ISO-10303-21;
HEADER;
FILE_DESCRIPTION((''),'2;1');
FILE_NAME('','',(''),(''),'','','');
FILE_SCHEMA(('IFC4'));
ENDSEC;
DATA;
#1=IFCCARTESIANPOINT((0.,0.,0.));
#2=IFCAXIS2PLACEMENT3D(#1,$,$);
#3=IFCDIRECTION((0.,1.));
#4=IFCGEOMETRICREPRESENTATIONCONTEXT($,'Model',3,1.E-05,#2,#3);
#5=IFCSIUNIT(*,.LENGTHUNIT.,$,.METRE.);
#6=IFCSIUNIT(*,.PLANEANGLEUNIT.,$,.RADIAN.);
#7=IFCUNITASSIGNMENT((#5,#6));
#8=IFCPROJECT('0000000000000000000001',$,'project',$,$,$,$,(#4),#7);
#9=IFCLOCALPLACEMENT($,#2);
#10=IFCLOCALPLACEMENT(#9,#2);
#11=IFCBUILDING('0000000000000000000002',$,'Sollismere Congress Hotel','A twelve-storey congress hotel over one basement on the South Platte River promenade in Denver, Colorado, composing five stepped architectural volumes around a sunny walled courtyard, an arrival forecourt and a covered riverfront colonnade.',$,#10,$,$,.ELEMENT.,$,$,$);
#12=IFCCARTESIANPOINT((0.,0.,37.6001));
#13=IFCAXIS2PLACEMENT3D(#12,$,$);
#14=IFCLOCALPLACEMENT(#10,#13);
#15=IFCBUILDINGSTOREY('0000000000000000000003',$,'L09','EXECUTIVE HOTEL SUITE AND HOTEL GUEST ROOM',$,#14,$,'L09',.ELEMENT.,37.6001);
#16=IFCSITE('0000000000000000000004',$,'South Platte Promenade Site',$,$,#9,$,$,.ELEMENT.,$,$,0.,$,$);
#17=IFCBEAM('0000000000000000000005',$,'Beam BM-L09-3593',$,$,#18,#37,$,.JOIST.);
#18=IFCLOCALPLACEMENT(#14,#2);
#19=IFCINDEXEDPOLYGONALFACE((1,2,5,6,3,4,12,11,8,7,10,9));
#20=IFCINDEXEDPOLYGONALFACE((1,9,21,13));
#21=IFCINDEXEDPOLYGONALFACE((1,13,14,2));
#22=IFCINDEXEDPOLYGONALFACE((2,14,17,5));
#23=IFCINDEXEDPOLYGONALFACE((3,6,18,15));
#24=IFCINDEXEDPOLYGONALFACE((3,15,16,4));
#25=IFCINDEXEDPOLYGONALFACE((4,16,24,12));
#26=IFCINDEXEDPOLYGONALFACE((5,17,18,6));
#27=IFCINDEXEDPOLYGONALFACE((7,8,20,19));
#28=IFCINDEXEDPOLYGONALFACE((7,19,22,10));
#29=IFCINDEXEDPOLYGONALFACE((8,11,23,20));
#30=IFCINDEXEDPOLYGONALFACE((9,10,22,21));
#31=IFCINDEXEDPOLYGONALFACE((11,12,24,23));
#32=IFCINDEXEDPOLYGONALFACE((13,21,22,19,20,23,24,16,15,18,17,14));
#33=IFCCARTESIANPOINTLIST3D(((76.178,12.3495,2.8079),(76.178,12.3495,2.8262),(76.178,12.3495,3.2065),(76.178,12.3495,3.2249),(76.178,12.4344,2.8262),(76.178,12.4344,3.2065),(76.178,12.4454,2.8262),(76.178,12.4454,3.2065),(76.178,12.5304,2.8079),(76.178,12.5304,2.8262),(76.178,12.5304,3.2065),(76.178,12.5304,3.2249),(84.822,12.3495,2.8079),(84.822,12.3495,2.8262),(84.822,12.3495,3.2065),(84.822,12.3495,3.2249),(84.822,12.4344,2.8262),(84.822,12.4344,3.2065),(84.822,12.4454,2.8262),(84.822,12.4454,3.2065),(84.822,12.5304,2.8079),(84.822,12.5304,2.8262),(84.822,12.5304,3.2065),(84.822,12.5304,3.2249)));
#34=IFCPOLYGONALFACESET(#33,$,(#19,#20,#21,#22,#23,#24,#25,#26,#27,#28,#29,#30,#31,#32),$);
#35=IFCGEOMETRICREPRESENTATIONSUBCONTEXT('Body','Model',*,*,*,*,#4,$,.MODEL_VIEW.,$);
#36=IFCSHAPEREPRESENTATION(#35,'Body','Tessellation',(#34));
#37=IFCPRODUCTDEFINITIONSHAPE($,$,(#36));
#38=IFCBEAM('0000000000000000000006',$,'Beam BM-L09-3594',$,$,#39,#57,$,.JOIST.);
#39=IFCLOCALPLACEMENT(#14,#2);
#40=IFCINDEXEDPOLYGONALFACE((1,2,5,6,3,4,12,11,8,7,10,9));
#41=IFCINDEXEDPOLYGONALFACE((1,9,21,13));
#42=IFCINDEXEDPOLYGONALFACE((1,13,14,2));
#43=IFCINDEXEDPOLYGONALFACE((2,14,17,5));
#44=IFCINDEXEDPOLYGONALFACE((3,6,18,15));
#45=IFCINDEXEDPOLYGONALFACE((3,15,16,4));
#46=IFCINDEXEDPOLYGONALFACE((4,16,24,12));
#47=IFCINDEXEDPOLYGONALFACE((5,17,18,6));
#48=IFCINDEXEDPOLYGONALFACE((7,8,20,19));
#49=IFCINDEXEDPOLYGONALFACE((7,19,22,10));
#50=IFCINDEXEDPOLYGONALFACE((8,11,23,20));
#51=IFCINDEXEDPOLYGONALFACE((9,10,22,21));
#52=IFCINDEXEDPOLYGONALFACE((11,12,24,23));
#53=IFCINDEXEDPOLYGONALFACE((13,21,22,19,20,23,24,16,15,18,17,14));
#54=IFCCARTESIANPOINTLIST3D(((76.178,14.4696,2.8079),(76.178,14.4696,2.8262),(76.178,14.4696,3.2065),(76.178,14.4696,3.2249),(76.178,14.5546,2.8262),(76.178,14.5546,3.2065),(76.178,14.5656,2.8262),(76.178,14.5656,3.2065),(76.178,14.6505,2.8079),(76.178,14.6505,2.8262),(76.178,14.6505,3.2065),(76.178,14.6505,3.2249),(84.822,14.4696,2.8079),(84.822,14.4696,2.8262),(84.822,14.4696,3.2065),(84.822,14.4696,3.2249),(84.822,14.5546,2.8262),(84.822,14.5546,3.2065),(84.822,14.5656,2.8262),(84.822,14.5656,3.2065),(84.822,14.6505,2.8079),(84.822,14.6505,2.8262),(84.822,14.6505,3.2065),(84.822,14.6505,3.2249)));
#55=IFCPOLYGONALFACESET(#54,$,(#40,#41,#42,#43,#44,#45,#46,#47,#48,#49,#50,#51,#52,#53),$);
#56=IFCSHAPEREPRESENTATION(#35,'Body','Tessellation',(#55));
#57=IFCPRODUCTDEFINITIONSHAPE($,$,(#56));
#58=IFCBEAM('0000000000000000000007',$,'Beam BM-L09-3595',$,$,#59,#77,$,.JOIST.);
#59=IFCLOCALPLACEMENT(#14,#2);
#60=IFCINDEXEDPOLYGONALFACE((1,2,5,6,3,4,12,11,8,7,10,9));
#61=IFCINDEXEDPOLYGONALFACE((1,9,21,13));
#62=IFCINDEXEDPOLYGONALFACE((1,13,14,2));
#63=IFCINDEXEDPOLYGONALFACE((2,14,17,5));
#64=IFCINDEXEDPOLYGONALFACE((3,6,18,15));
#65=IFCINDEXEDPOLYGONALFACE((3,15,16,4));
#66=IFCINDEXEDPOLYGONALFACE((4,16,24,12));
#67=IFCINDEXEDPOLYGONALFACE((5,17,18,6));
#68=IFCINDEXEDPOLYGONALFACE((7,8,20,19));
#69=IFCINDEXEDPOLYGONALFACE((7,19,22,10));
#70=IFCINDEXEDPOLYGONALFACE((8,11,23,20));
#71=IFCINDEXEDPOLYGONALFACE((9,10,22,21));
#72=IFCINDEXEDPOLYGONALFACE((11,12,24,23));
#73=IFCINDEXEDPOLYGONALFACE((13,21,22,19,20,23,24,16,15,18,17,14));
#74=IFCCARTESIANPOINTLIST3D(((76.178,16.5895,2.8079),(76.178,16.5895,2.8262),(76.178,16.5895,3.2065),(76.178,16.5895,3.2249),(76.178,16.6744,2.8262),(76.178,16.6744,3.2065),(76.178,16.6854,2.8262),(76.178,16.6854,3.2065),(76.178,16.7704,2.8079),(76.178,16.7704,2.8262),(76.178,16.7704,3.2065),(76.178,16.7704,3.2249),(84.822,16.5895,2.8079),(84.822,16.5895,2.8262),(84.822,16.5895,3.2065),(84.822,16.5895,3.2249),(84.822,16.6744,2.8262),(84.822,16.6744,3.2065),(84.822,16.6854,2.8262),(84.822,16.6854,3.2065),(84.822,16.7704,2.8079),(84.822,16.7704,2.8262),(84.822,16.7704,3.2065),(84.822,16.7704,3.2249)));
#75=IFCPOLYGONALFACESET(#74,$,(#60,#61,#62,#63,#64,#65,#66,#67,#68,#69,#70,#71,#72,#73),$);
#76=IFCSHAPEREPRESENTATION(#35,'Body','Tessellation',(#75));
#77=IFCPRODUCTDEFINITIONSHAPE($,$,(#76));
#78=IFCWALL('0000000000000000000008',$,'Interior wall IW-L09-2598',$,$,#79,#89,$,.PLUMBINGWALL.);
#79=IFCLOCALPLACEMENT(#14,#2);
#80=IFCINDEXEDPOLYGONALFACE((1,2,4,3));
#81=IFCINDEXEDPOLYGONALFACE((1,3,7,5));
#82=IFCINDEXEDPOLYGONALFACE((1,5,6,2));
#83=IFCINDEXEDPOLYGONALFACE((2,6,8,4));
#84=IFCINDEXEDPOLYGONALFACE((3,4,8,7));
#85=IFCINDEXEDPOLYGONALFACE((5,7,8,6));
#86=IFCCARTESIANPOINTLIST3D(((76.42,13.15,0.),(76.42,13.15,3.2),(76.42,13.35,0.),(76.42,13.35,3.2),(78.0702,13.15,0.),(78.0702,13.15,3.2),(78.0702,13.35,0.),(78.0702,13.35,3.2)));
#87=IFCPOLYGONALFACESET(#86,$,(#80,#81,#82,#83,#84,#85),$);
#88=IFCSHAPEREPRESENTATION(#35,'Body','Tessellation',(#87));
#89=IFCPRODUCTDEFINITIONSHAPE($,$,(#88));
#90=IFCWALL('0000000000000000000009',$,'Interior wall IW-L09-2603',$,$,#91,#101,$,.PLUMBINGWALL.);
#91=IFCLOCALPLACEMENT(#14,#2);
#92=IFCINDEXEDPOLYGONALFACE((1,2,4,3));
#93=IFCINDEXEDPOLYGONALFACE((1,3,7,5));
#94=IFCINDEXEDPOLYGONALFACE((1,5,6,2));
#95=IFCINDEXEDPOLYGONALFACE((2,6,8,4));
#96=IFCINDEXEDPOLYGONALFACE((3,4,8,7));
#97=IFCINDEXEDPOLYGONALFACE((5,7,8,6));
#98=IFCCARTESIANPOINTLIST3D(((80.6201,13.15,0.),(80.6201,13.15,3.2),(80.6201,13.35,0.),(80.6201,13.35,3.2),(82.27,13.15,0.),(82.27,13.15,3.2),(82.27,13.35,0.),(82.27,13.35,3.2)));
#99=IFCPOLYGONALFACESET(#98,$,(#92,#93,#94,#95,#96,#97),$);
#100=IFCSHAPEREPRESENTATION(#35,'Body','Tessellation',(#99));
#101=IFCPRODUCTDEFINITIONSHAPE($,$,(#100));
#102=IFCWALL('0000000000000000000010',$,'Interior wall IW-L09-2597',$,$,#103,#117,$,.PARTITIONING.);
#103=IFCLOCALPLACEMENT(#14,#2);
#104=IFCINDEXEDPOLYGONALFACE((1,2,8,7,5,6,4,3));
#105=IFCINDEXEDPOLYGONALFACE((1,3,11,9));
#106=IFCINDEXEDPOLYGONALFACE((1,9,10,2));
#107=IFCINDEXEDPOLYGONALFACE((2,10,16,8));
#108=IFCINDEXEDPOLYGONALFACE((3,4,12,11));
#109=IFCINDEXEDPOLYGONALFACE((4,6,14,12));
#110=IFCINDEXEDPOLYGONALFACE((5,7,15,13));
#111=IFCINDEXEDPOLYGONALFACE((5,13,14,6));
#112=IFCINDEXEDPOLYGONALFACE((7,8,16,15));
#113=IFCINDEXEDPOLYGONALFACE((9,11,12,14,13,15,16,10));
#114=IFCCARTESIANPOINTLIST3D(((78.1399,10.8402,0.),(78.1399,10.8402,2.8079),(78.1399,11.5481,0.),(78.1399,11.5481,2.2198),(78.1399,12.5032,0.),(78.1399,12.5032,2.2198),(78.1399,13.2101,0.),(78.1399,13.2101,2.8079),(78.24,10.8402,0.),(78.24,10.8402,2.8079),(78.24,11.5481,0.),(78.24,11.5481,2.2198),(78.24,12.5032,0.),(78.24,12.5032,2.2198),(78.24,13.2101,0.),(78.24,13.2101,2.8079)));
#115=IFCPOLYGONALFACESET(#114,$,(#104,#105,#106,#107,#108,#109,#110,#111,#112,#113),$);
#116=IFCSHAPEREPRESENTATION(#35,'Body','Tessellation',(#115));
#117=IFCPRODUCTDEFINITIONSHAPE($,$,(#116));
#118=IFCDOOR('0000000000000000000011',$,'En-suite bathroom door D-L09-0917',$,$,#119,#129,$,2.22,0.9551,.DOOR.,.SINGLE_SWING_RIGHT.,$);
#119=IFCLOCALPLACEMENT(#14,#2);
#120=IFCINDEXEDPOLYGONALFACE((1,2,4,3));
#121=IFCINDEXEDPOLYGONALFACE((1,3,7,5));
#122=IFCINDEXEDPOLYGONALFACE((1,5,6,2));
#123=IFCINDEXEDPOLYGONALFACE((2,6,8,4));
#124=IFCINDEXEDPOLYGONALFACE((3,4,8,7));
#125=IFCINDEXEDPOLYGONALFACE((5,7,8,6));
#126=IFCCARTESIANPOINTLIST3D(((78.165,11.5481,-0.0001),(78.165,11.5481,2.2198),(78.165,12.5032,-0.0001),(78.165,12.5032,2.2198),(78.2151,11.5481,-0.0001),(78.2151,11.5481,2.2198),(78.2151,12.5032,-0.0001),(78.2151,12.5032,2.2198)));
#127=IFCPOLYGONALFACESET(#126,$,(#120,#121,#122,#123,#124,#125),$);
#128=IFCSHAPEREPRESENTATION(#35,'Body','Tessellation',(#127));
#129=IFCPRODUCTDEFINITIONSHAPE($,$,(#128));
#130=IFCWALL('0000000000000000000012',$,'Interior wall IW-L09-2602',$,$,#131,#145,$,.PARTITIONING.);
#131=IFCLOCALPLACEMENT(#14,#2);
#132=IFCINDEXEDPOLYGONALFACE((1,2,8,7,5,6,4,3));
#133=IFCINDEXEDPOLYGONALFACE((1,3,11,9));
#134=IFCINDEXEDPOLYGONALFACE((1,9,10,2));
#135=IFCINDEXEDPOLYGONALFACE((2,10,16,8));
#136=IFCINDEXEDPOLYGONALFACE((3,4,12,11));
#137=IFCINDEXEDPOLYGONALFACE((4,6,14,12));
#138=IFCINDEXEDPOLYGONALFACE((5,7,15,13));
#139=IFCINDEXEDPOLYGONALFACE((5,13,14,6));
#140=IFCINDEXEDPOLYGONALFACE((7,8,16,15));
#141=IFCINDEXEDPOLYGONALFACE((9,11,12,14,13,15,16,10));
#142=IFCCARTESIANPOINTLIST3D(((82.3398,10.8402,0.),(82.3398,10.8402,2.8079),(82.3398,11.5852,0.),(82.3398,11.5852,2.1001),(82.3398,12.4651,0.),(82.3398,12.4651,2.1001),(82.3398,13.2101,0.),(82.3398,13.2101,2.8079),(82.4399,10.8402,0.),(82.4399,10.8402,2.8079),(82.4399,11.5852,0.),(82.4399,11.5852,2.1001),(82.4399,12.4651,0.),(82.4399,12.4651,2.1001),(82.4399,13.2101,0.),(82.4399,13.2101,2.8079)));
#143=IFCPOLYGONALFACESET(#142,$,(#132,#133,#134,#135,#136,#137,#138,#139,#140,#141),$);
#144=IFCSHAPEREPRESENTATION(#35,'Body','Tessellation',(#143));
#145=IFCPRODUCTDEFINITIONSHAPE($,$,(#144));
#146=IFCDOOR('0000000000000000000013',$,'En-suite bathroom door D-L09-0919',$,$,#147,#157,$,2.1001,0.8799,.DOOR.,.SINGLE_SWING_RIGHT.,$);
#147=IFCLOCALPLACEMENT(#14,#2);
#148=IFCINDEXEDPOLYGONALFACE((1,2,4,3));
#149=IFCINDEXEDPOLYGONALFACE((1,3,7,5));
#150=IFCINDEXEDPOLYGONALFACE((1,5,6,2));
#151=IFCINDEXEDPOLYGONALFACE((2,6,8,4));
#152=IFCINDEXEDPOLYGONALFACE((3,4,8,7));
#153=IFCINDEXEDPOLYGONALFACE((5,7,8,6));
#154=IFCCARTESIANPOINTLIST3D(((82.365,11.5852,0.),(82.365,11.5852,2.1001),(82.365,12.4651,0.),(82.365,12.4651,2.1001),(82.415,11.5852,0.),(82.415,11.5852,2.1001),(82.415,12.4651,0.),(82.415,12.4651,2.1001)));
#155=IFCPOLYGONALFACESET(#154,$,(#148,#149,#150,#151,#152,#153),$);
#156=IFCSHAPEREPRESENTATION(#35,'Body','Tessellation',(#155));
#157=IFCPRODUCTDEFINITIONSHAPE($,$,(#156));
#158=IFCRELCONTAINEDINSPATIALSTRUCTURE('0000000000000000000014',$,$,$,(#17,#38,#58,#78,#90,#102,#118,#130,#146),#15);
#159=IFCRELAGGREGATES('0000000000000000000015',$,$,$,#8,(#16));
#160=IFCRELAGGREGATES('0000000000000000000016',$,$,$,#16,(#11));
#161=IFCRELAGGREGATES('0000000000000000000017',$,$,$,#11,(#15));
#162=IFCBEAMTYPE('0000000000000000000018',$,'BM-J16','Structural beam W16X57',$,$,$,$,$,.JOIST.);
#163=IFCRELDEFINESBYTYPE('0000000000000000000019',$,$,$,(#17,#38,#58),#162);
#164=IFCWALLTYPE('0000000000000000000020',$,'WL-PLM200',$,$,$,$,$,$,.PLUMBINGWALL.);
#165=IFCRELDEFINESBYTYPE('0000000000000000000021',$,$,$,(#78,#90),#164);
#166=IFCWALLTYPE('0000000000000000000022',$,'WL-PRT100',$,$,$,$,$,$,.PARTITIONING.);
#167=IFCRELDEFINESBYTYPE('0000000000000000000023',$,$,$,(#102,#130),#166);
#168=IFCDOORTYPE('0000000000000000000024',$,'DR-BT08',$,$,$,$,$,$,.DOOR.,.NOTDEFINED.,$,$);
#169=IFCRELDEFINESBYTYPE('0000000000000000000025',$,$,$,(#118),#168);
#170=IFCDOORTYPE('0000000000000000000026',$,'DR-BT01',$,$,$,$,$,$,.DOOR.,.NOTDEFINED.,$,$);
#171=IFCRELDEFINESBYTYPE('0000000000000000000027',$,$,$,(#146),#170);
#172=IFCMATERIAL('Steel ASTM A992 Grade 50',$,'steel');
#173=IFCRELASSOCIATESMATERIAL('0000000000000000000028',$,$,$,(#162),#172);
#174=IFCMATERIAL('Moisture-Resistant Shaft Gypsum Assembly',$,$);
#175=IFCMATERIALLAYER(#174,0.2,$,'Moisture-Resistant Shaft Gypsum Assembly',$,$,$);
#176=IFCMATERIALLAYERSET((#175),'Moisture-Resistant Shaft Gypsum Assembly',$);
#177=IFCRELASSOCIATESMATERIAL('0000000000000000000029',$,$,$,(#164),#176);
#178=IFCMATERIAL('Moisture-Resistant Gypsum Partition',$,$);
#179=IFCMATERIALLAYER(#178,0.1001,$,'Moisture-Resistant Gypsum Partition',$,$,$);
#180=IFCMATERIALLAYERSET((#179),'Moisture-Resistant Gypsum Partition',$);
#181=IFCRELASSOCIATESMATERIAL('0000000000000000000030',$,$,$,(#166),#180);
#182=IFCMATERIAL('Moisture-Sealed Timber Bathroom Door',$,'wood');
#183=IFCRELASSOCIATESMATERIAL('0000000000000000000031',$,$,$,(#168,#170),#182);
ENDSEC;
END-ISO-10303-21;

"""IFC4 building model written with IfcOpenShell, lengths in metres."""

from ifc_helpers import new_model, si_unit, direction, frame, frame_2d, origin, origin_2d, place, context, subcontext, project, spatial, rectangle, i_section, extrude, material, layer, layer_set, material_profile, profile_set, type_object, element, fill, save


model = new_model("IFC4")

# Units and contexts
model_context = context("Model", 3, precision=1e-05, world=origin(), true_north=direction((0.0, 1.0)))
body_context = subcontext(model_context, "Body", "Model", "MODEL_VIEW")
ifc_project = project(units=[si_unit("LENGTHUNIT", "METRE"), si_unit("PLANEANGLEUNIT", "RADIAN")], contexts=[model_context])

# Site, building, storey
site_placement = place(None, origin())
site = spatial("IfcSite", under=ifc_project, at=site_placement, Name="South Platte Promenade Site", CompositionType="ELEMENT", RefElevation=0.0)
building_placement = place(site_placement, origin())
building = spatial("IfcBuilding", under=site, at=building_placement, Name="Sollismere Congress Hotel", Description="A twelve-storey congress hotel over one basement on the South Platte River promenade in Denver, Colorado, composing five stepped architectural volumes around a sunny walled courtyard, an arrival forecourt and a covered riverfront colonnade.", CompositionType="ELEMENT")
storey_placement = place(building_placement, frame((0.0, 0.0, 37.6001)))
storey = spatial("IfcBuildingStorey", under=building, at=storey_placement, Name="L09", Description="EXECUTIVE HOTEL SUITE AND HOTEL GUEST ROOM", LongName="L09", CompositionType="ELEMENT", Elevation=37.6001)

# Beams
ifc_material_1 = material(Name="Steel ASTM A992 Grade 50", Category="steel")
ifc_material_profile = material_profile(ifc_material_1, i_section(OverallWidth=0.1809, OverallDepth=0.417, WebThickness=0.011, FlangeThickness=0.0183, at=origin_2d()), Name="W16X57")
ifc_profile_set = profile_set([ifc_material_profile], Name="Steel ASTM A992 Grade 50")
beam_type = type_object("IfcBeamType", Name="BM-J16", Description="Structural beam W16X57", PredefinedType="JOIST", material=ifc_profile_set)
for number, where, z_axis, x_axis, name in (
    (1, (76.178, 12.4399, 3.0164), (1.0, 0.0, 0.0), (0.0, 1.0, 0.0), "Beam BM-L09-3593"),
    (2, (76.178, 14.5601, 3.0164), (1.0, 0.0, 0.0), (0.0, 1.0, 0.0), "Beam BM-L09-3594"),
    (3, (76.178, 16.6799, 3.0164), (1.0, 0.0, 0.0), (0.0, 1.0, 0.0), "Beam BM-L09-3595"),
):
    element("IfcBeam", number, at=place(storey_placement, frame(where, z_axis=z_axis, x_axis=x_axis)), inside=storey, type_object=beam_type, Name=name, PredefinedType="JOIST", context=body_context, shape_type="SweptSolid", body=[
        extrude(i_section(OverallWidth=0.1809, OverallDepth=0.417, WebThickness=0.011, FlangeThickness=0.0183, at=origin_2d()), origin(), (0.0, 0.0, 1.0), 8.644),
    ])

# Walls
ifc_material_2 = material(Name="Moisture-Resistant Shaft Gypsum Assembly")
ifc_layer_1 = layer(ifc_material_2, 0.2, Name="Moisture-Resistant Shaft Gypsum Assembly")
ifc_layer_set_1 = layer_set([ifc_layer_1], Name="Moisture-Resistant Shaft Gypsum Assembly")
wall_type_1 = type_object("IfcWallType", Name="WL-PLM200", PredefinedType="PLUMBINGWALL", material=ifc_layer_set_1)
wall_1_placement = place(storey_placement, frame((76.4199, 13.25, 0.0), z_axis=(0.0, 0.0, 1.0), x_axis=(1.0, 0.0, 0.0)))
element("IfcWall", 4, at=wall_1_placement, inside=storey, type_object=wall_type_1, Name="Interior wall IW-L09-2598", PredefinedType="PLUMBINGWALL", context=body_context, shape_type="SweptSolid", body=[
    extrude(rectangle(XDim=1.6501, YDim=0.2, at=frame_2d((0.8252, 0.0))), origin(), (0.0, 0.0, 1.0), 3.2),
])
wall_2_placement = place(storey_placement, frame((80.6201, 13.25, 0.0), z_axis=(0.0, 0.0, 1.0), x_axis=(1.0, 0.0, 0.0)))
element("IfcWall", 5, at=wall_2_placement, inside=storey, type_object=wall_type_1, Name="Interior wall IW-L09-2603", PredefinedType="PLUMBINGWALL", context=body_context, shape_type="SweptSolid", body=[
    extrude(rectangle(XDim=1.6499, YDim=0.2, at=frame_2d((0.825, 0.0))), origin(), (0.0, 0.0, 1.0), 3.2),
])

# Walls, openings, doors
ifc_material_3 = material(Name="Moisture-Resistant Gypsum Partition")
ifc_layer_2 = layer(ifc_material_3, 0.1001, Name="Moisture-Resistant Gypsum Partition")
ifc_layer_set_2 = layer_set([ifc_layer_2], Name="Moisture-Resistant Gypsum Partition")
wall_type_2 = type_object("IfcWallType", Name="WL-PRT100", PredefinedType="PARTITIONING", material=ifc_layer_set_2)
wall_3_placement = place(storey_placement, frame((78.1899, 10.8401, 0.0), z_axis=(0.0, 0.0, 1.0), x_axis=(0.0, 1.0, 0.0)))
wall_3 = element("IfcWall", 6, at=wall_3_placement, inside=storey, type_object=wall_type_2, Name="Interior wall IW-L09-2597", PredefinedType="PARTITIONING", context=body_context, shape_type="SweptSolid", body=[
    extrude(rectangle(XDim=2.3699, YDim=0.1001, at=frame_2d((1.1851, 0.0))), origin(), (0.0, 0.0, 1.0), 2.8079),
])
opening_1_placement = place(wall_3_placement, frame((0.708, 0.0, 0.0)))
opening_1 = element("IfcOpeningElement", 7, at=opening_1_placement, cuts=wall_3, PredefinedType="OPENING", context=body_context, shape_type="SweptSolid", body=[
    extrude(rectangle(XDim=0.9551, YDim=2.22, at=frame_2d((0.4775, 1.1099))), frame((0.0, 0.0601, 0.0), z_axis=(0.0, -1.0, 0.0), x_axis=(1.0, 0.0, 0.0)), (0.0, 0.0, 1.0), 0.1201),
])
ifc_material_4 = material(Name="Moisture-Sealed Timber Bathroom Door", Category="wood")
door_type_1 = type_object("IfcDoorType", Name="DR-BT08", OperationType="NOTDEFINED", PredefinedType="DOOR", material=ifc_material_4)
door_1_placement = place(opening_1_placement, origin())
door_1 = element("IfcDoor", 8, at=door_1_placement, inside=storey, type_object=door_type_1, Name="En-suite bathroom door D-L09-0917", OperationType="SINGLE_SWING_RIGHT", OverallHeight=2.22, OverallWidth=0.9551, PredefinedType="DOOR", context=body_context, shape_type="SweptSolid", body=[
    extrude(rectangle(XDim=0.9551, YDim=2.22, at=frame_2d((0.4775, 1.1099))), frame((0.0, 0.0249, 0.0), z_axis=(0.0, -1.0, 0.0), x_axis=(1.0, 0.0, 0.0)), (0.0, 0.0, 1.0), 0.05),
])
fill(opening_1, door_1)
wall_4_placement = place(storey_placement, frame((82.3899, 10.8401, 0.0), z_axis=(0.0, 0.0, 1.0), x_axis=(0.0, 1.0, 0.0)))
wall_4 = element("IfcWall", 9, at=wall_4_placement, inside=storey, type_object=wall_type_2, Name="Interior wall IW-L09-2602", PredefinedType="PARTITIONING", context=body_context, shape_type="SweptSolid", body=[
    extrude(rectangle(XDim=2.3699, YDim=0.1001, at=frame_2d((1.1851, 0.0))), origin(), (0.0, 0.0, 1.0), 2.8079),
])
opening_2_placement = place(wall_4_placement, frame((0.7451, 0.0, 0.0)))
opening_2 = element("IfcOpeningElement", 10, at=opening_2_placement, cuts=wall_4, PredefinedType="OPENING", context=body_context, shape_type="SweptSolid", body=[
    extrude(rectangle(XDim=0.8799, YDim=2.1001, at=frame_2d((0.4399, 1.05))), frame((0.0, 0.0601, 0.0), z_axis=(0.0, -1.0, 0.0), x_axis=(1.0, 0.0, 0.0)), (0.0, 0.0, 1.0), 0.1201),
])
door_type_2 = type_object("IfcDoorType", Name="DR-BT01", OperationType="NOTDEFINED", PredefinedType="DOOR", material=ifc_material_4)
door_2_placement = place(opening_2_placement, origin())
door_2 = element("IfcDoor", 11, at=door_2_placement, inside=storey, type_object=door_type_2, Name="En-suite bathroom door D-L09-0919", OperationType="SINGLE_SWING_RIGHT", OverallHeight=2.1001, OverallWidth=0.8799, PredefinedType="DOOR", context=body_context, shape_type="SweptSolid", body=[
    extrude(rectangle(XDim=0.8799, YDim=2.1001, at=frame_2d((0.4399, 1.05))), frame((0.0, 0.0249, 0.0), z_axis=(0.0, -1.0, 0.0), x_axis=(1.0, 0.0, 0.0)), (0.0, 0.0, 1.0), 0.05),
])
fill(opening_2, door_2)

save(model, "model.ifc")
